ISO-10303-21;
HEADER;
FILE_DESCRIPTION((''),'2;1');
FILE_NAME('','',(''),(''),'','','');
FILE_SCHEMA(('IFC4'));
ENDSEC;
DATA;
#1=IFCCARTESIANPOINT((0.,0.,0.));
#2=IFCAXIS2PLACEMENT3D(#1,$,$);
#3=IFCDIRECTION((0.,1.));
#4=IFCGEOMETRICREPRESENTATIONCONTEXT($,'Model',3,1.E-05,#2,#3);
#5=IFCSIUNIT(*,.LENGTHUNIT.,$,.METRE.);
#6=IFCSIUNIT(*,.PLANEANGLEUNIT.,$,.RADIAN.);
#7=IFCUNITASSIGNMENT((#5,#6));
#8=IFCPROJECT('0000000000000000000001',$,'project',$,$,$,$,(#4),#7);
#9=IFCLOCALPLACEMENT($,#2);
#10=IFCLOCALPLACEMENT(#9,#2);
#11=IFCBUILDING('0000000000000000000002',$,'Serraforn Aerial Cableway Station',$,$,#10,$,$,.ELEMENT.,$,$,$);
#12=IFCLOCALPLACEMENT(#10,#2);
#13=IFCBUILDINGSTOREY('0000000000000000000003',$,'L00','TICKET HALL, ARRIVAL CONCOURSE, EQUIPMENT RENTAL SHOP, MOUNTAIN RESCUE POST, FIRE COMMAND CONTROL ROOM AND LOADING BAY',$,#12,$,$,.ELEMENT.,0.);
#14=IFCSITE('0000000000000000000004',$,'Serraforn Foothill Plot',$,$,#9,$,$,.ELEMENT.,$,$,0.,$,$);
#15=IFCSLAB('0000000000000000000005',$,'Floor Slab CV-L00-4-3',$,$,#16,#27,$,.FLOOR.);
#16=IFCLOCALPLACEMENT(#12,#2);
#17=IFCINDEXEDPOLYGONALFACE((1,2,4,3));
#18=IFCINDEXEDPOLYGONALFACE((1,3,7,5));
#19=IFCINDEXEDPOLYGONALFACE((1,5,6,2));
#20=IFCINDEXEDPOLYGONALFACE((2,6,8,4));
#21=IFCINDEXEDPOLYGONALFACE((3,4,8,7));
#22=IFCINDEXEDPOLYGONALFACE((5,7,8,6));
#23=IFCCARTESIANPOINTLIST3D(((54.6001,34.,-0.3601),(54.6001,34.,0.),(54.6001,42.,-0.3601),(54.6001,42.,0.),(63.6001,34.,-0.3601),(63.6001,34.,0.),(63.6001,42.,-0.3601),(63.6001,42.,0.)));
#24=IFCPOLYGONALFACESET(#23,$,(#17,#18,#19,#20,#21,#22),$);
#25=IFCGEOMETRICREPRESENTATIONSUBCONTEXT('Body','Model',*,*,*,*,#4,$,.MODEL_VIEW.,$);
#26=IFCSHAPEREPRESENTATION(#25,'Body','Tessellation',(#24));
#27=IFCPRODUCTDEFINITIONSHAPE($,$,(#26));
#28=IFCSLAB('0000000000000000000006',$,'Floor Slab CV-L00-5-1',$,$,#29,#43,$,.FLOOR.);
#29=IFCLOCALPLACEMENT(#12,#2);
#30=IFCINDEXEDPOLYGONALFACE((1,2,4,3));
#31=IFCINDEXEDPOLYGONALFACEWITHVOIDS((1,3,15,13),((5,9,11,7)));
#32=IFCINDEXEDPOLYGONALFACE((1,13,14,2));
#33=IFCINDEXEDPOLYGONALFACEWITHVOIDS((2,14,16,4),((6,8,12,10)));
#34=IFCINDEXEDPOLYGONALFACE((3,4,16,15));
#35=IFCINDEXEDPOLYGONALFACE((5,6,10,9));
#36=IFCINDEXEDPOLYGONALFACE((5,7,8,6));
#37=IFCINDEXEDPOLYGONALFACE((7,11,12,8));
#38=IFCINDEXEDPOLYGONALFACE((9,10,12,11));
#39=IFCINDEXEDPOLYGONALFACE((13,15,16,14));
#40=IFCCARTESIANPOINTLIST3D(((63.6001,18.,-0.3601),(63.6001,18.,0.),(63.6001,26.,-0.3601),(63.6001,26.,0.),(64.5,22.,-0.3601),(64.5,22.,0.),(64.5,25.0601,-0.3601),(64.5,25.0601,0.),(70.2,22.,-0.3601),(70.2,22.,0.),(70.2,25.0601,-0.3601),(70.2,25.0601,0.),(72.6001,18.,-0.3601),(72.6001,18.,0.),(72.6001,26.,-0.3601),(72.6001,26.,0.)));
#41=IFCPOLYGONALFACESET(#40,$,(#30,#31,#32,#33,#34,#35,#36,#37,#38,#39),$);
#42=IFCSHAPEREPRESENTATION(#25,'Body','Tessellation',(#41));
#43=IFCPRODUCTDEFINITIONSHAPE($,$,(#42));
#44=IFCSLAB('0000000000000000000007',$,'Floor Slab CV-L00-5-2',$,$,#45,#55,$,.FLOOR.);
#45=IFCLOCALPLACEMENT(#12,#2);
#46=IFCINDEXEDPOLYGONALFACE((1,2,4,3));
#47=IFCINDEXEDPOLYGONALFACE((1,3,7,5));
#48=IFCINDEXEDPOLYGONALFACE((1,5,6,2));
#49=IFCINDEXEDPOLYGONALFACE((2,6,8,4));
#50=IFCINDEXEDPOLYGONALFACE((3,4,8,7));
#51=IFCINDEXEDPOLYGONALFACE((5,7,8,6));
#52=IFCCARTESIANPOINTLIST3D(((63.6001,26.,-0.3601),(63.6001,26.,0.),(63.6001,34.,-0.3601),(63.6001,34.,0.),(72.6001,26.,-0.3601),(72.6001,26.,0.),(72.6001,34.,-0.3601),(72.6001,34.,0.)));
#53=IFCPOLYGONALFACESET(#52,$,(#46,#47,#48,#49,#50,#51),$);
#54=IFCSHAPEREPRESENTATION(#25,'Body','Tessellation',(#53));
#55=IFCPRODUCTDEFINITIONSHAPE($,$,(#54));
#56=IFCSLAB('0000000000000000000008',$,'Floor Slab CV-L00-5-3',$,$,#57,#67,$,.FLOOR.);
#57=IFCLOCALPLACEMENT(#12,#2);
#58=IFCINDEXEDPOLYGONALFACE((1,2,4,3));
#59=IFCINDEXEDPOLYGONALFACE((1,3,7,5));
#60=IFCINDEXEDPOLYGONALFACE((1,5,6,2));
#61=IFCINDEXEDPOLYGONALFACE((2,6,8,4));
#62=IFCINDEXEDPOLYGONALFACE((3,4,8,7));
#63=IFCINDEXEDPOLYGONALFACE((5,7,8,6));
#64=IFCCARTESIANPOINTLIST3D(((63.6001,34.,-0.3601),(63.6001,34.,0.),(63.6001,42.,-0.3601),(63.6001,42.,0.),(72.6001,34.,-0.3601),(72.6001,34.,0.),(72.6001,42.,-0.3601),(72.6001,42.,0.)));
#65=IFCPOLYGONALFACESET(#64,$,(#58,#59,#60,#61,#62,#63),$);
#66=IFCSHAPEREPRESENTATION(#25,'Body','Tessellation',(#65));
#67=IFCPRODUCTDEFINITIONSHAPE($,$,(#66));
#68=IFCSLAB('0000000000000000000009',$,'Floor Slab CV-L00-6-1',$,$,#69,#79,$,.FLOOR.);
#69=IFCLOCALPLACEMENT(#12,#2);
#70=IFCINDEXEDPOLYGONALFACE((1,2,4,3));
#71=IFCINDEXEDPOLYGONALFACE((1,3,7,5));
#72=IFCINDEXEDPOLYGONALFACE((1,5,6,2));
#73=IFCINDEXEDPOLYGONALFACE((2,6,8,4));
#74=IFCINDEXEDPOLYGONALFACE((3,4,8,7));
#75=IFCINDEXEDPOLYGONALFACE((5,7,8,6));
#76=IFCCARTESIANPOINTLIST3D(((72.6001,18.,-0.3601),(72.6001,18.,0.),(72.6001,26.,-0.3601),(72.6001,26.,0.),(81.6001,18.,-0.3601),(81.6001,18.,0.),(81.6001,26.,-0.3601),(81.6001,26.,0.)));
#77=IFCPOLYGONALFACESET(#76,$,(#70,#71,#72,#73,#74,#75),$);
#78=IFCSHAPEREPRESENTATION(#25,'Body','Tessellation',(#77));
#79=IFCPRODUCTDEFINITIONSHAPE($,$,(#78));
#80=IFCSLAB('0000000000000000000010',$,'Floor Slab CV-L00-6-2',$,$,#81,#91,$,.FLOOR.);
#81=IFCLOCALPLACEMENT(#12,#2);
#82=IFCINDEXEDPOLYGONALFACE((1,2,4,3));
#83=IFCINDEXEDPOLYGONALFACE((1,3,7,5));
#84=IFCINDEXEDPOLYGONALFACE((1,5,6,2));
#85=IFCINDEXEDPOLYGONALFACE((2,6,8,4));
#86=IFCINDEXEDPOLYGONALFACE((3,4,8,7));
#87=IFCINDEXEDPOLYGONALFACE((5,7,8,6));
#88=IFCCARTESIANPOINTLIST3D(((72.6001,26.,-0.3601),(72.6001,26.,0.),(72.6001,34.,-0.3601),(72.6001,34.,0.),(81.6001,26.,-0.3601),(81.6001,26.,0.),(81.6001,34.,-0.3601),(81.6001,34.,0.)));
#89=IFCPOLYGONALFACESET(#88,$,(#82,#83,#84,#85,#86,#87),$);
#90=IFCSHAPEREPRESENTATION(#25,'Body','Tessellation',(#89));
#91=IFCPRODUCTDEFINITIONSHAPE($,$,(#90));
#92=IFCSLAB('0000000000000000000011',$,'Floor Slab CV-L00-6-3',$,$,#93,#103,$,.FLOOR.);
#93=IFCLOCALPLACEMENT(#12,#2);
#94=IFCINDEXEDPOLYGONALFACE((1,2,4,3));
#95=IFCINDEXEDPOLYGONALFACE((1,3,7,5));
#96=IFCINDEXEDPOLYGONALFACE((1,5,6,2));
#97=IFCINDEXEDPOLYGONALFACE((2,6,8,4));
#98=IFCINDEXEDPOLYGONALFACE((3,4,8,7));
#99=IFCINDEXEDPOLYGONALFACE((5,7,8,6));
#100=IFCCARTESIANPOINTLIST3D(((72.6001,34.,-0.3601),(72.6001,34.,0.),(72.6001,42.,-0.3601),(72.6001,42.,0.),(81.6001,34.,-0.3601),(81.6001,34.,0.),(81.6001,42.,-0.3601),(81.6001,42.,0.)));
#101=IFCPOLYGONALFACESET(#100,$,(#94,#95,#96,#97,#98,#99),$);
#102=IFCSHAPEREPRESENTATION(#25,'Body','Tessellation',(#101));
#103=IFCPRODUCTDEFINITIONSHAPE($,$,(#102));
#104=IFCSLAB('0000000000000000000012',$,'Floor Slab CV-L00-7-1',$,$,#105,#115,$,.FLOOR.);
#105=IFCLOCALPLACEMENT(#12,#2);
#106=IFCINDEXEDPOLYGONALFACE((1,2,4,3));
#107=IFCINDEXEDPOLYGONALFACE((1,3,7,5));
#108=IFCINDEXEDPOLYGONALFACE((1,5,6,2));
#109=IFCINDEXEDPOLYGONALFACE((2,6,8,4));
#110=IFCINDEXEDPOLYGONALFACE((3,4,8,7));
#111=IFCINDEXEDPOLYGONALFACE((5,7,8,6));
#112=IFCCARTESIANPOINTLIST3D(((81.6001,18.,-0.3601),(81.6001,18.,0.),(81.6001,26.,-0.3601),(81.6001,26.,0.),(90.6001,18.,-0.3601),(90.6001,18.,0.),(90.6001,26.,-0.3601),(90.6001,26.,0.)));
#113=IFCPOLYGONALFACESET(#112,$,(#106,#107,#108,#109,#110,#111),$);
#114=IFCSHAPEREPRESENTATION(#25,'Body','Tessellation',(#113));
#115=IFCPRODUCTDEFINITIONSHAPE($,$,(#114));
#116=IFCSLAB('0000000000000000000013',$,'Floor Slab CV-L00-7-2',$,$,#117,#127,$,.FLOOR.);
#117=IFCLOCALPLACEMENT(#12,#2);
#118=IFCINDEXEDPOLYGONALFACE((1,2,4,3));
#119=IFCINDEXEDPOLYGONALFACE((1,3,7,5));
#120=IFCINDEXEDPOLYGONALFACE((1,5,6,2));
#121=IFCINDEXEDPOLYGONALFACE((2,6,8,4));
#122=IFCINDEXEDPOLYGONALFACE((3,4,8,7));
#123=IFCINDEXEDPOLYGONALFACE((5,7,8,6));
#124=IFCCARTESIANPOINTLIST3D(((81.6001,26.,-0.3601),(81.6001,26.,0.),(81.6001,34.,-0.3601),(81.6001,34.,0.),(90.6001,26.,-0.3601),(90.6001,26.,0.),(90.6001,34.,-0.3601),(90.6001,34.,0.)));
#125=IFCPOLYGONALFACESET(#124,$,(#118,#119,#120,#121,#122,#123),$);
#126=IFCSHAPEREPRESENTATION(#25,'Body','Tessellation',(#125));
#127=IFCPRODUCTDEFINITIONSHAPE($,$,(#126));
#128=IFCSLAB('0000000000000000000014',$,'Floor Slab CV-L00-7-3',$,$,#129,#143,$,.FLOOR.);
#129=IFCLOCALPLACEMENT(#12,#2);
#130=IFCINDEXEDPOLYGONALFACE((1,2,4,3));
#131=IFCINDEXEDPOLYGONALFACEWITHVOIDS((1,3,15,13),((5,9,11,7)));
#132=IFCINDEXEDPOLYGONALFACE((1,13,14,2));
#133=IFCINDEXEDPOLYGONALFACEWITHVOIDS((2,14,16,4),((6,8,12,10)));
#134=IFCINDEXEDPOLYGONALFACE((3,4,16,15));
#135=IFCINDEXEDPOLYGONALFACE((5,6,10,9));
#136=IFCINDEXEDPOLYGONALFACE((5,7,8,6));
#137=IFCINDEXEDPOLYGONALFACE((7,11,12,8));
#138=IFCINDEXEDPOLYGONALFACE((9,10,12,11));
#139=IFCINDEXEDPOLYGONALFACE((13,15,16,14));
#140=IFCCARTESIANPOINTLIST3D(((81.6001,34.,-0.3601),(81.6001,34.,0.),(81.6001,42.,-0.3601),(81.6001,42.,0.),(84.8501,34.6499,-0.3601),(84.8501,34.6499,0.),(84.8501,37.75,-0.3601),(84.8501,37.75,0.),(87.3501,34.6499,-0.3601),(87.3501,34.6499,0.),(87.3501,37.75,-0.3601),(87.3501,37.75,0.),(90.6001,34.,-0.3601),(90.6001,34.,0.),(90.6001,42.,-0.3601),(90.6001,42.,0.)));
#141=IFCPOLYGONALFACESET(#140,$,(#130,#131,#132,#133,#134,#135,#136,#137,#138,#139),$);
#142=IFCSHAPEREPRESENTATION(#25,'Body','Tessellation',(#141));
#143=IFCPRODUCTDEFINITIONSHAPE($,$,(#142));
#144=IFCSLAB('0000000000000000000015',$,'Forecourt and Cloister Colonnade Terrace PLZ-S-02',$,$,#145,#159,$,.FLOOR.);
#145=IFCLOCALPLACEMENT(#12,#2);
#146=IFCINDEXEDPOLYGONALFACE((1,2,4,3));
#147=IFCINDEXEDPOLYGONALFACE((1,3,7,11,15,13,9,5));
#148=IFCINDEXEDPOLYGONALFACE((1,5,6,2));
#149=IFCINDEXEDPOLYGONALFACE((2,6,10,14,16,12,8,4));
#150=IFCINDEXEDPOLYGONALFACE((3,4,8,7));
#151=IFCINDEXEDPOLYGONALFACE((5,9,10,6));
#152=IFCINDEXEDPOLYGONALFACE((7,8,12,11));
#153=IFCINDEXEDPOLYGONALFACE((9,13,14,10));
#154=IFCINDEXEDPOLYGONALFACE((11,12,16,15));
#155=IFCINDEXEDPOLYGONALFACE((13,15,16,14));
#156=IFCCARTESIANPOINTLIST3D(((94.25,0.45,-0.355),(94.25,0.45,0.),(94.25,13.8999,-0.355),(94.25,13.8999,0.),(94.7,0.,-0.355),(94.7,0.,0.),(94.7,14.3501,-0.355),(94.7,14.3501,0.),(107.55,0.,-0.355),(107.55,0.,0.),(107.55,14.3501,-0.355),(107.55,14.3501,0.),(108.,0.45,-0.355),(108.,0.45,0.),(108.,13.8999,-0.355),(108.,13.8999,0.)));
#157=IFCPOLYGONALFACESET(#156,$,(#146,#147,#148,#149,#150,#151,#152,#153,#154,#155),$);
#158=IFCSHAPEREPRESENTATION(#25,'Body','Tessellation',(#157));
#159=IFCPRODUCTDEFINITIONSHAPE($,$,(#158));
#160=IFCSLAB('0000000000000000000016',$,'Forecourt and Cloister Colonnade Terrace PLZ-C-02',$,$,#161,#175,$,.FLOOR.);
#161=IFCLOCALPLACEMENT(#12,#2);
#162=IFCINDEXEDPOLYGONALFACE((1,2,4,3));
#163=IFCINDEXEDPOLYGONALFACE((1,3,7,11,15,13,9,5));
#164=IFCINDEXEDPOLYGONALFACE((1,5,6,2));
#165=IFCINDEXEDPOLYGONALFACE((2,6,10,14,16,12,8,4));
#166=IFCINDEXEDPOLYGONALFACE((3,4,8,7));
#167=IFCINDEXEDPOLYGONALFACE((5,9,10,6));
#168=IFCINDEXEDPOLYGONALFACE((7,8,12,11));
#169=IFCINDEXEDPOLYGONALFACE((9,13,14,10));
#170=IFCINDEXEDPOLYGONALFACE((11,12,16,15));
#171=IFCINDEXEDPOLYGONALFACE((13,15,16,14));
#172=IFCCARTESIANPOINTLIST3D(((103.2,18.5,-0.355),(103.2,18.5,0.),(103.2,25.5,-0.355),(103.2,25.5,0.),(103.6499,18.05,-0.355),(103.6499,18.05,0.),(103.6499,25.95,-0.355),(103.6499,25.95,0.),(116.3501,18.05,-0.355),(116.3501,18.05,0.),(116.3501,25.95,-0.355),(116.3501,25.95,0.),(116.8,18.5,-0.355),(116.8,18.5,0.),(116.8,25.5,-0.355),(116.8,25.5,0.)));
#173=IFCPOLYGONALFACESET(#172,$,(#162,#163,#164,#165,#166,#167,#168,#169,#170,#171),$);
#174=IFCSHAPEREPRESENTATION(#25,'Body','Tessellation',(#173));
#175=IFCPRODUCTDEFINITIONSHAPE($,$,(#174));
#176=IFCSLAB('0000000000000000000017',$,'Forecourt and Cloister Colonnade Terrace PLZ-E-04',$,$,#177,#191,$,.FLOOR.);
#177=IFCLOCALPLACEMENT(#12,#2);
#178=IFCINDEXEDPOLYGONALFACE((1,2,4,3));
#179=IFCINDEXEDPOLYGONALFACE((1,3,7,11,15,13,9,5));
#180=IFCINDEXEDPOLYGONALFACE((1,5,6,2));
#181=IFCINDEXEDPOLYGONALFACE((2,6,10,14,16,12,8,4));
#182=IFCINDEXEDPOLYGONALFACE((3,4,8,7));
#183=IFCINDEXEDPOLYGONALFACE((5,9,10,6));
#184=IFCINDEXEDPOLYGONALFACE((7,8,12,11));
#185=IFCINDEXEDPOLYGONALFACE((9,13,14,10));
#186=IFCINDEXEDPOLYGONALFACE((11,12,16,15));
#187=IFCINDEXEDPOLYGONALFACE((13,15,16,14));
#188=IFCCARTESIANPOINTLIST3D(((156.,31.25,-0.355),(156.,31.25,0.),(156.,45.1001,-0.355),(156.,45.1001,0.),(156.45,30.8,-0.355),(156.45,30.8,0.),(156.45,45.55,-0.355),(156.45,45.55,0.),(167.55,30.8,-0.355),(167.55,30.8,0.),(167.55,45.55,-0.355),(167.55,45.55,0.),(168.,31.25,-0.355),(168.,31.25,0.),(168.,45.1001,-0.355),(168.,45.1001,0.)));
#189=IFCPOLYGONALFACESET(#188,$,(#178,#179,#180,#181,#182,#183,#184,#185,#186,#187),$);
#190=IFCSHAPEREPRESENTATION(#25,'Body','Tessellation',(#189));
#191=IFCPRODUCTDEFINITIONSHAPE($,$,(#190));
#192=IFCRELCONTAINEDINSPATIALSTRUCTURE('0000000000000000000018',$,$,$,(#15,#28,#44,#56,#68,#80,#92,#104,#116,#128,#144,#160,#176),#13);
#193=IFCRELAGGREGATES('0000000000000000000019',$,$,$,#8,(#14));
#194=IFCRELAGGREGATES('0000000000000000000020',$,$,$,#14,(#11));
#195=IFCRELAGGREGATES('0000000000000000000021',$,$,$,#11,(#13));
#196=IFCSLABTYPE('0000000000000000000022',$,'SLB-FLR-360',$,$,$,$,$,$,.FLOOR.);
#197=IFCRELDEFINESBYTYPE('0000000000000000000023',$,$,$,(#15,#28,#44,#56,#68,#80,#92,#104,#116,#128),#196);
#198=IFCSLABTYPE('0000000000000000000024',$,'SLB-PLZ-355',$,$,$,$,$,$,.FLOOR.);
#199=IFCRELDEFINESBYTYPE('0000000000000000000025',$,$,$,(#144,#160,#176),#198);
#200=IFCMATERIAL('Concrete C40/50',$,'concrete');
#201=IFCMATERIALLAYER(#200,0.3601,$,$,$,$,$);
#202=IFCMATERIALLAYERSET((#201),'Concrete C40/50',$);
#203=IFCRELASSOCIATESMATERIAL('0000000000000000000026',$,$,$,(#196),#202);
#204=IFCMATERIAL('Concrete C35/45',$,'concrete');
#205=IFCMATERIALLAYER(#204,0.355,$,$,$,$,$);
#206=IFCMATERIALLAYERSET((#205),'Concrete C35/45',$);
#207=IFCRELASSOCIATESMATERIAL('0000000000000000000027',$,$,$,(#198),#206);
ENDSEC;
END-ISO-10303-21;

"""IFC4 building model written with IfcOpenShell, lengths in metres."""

from ifc_helpers import new_model, si_unit, direction, frame, origin, place, context, subcontext, project, spatial, polyline, outline, extrude, material, layer, layer_set, type_object, element, save


model = new_model("IFC4")

# Units and contexts
model_context = context("Model", 3, precision=1e-05, world=origin(), true_north=direction((0.0, 1.0)))
body_context = subcontext(model_context, "Body", "Model", "MODEL_VIEW")
ifc_project = project(units=[si_unit("LENGTHUNIT", "METRE"), si_unit("PLANEANGLEUNIT", "RADIAN")], contexts=[model_context])

# Site, building, storey
site_placement = place(None, origin())
site = spatial("IfcSite", under=ifc_project, at=site_placement, Name="Serraforn Foothill Plot", CompositionType="ELEMENT", RefElevation=0.0)
building_placement = place(site_placement, origin())
building = spatial("IfcBuilding", under=site, at=building_placement, Name="Serraforn Aerial Cableway Station", CompositionType="ELEMENT")
storey_placement = place(building_placement, origin())
storey = spatial("IfcBuildingStorey", under=building, at=storey_placement, Name="L00", Description="TICKET HALL, ARRIVAL CONCOURSE, EQUIPMENT RENTAL SHOP, MOUNTAIN RESCUE POST, FIRE COMMAND CONTROL ROOM AND LOADING BAY", CompositionType="ELEMENT", Elevation=0.0)

# Slabs
ifc_material_1 = material(Name="Concrete C35/45", Category="concrete")
ifc_material_2 = material(Name="Concrete C40/50", Category="concrete")
ifc_layer_1 = layer(ifc_material_2, 0.3601)
ifc_layer_set_1 = layer_set([ifc_layer_1], Name="Concrete C40/50")
slab_type_1 = type_object("IfcSlabType", Name="SLB-FLR-360", PredefinedType="FLOOR", material=ifc_layer_set_1)
slab_1_placement = place(storey_placement, frame((0.0, 0.0, -0.3601)))
element("IfcSlab", 1, at=slab_1_placement, inside=storey, type_object=slab_type_1, Name="Floor Slab CV-L00-4-3", PredefinedType="FLOOR", context=body_context, shape_type="SweptSolid", body=[
    extrude(outline(polyline([(54.6001, 34.0), (63.6001, 34.0), (63.6001, 42.0), (54.6001, 42.0), (54.6001, 34.0)])), origin(), (0.0, 0.0, 1.0), 0.3601),
])
slab_2_placement = place(storey_placement, frame((0.0, 0.0, -0.3601)))
element("IfcSlab", 2, at=slab_2_placement, inside=storey, type_object=slab_type_1, Name="Floor Slab CV-L00-5-1", PredefinedType="FLOOR", context=body_context, shape_type="SweptSolid", body=[
    extrude(outline(polyline([(63.6001, 18.0), (72.6001, 18.0), (72.6001, 26.0), (63.6001, 26.0), (63.6001, 18.0)]), holes=[polyline([(70.2, 25.0601), (64.5, 25.0601), (64.5, 22.0), (70.2, 22.0), (70.2, 25.0601)])]), origin(), (0.0, 0.0, 1.0), 0.3601),
])
slab_3_placement = place(storey_placement, frame((0.0, 0.0, -0.3601)))
element("IfcSlab", 3, at=slab_3_placement, inside=storey, type_object=slab_type_1, Name="Floor Slab CV-L00-5-2", PredefinedType="FLOOR", context=body_context, shape_type="SweptSolid", body=[
    extrude(outline(polyline([(63.6001, 26.0), (72.6001, 26.0), (72.6001, 34.0), (63.6001, 34.0), (63.6001, 26.0)])), origin(), (0.0, 0.0, 1.0), 0.3601),
])
slab_4_placement = place(storey_placement, frame((0.0, 0.0, -0.3601)))
element("IfcSlab", 4, at=slab_4_placement, inside=storey, type_object=slab_type_1, Name="Floor Slab CV-L00-5-3", PredefinedType="FLOOR", context=body_context, shape_type="SweptSolid", body=[
    extrude(outline(polyline([(63.6001, 34.0), (72.6001, 34.0), (72.6001, 42.0), (63.6001, 42.0), (63.6001, 34.0)])), origin(), (0.0, 0.0, 1.0), 0.3601),
])
slab_5_placement = place(storey_placement, frame((0.0, 0.0, -0.3601)))
element("IfcSlab", 5, at=slab_5_placement, inside=storey, type_object=slab_type_1, Name="Floor Slab CV-L00-6-1", PredefinedType="FLOOR", context=body_context, shape_type="SweptSolid", body=[
    extrude(outline(polyline([(72.6001, 18.0), (81.6001, 18.0), (81.6001, 26.0), (72.6001, 26.0), (72.6001, 18.0)])), origin(), (0.0, 0.0, 1.0), 0.3601),
])
slab_6_placement = place(storey_placement, frame((0.0, 0.0, -0.3601)))
element("IfcSlab", 6, at=slab_6_placement, inside=storey, type_object=slab_type_1, Name="Floor Slab CV-L00-6-2", PredefinedType="FLOOR", context=body_context, shape_type="SweptSolid", body=[
    extrude(outline(polyline([(72.6001, 26.0), (81.6001, 26.0), (81.6001, 34.0), (72.6001, 34.0), (72.6001, 26.0)])), origin(), (0.0, 0.0, 1.0), 0.3601),
])
slab_7_placement = place(storey_placement, frame((0.0, 0.0, -0.3601)))
element("IfcSlab", 7, at=slab_7_placement, inside=storey, type_object=slab_type_1, Name="Floor Slab CV-L00-6-3", PredefinedType="FLOOR", context=body_context, shape_type="SweptSolid", body=[
    extrude(outline(polyline([(72.6001, 34.0), (81.6001, 34.0), (81.6001, 42.0), (72.6001, 42.0), (72.6001, 34.0)])), origin(), (0.0, 0.0, 1.0), 0.3601),
])
slab_8_placement = place(storey_placement, frame((0.0, 0.0, -0.3601)))
element("IfcSlab", 8, at=slab_8_placement, inside=storey, type_object=slab_type_1, Name="Floor Slab CV-L00-7-1", PredefinedType="FLOOR", context=body_context, shape_type="SweptSolid", body=[
    extrude(outline(polyline([(81.6001, 18.0), (90.6001, 18.0), (90.6001, 26.0), (81.6001, 26.0), (81.6001, 18.0)])), origin(), (0.0, 0.0, 1.0), 0.3601),
])
slab_9_placement = place(storey_placement, frame((0.0, 0.0, -0.3601)))
element("IfcSlab", 9, at=slab_9_placement, inside=storey, type_object=slab_type_1, Name="Floor Slab CV-L00-7-2", PredefinedType="FLOOR", context=body_context, shape_type="SweptSolid", body=[
    extrude(outline(polyline([(81.6001, 26.0), (90.6001, 26.0), (90.6001, 34.0), (81.6001, 34.0), (81.6001, 26.0)])), origin(), (0.0, 0.0, 1.0), 0.3601),
])
slab_10_placement = place(storey_placement, frame((0.0, 0.0, -0.3601)))
element("IfcSlab", 10, at=slab_10_placement, inside=storey, type_object=slab_type_1, Name="Floor Slab CV-L00-7-3", PredefinedType="FLOOR", context=body_context, shape_type="SweptSolid", body=[
    extrude(outline(polyline([(81.6001, 34.0), (90.6001, 34.0), (90.6001, 42.0), (81.6001, 42.0), (81.6001, 34.0)]), holes=[polyline([(84.8501, 34.6499), (87.3501, 34.6499), (87.3501, 37.75), (84.8501, 37.75), (84.8501, 34.6499)])]), origin(), (0.0, 0.0, 1.0), 0.3601),
])
ifc_layer_2 = layer(ifc_material_1, 0.355)
ifc_layer_set_2 = layer_set([ifc_layer_2], Name="Concrete C35/45")
slab_type_2 = type_object("IfcSlabType", Name="SLB-PLZ-355", PredefinedType="FLOOR", material=ifc_layer_set_2)
slab_11_placement = place(storey_placement, frame((0.0, 0.0, -0.355)))
element("IfcSlab", 11, at=slab_11_placement, inside=storey, type_object=slab_type_2, Name="Forecourt and Cloister Colonnade Terrace PLZ-S-02", PredefinedType="FLOOR", context=body_context, shape_type="SweptSolid", body=[
    extrude(outline(polyline([(94.7, 0.0), (107.55, 0.0), (108.0, 0.45), (108.0, 13.8999), (107.55, 14.3501), (94.7, 14.3501), (94.25, 13.8999), (94.25, 0.45), (94.7, 0.0)])), origin(), (0.0, 0.0, 1.0), 0.355),
])
slab_12_placement = place(storey_placement, frame((0.0, 0.0, -0.355)))
element("IfcSlab", 12, at=slab_12_placement, inside=storey, type_object=slab_type_2, Name="Forecourt and Cloister Colonnade Terrace PLZ-C-02", PredefinedType="FLOOR", context=body_context, shape_type="SweptSolid", body=[
    extrude(outline(polyline([(103.6499, 18.05), (116.3501, 18.05), (116.8, 18.5), (116.8, 25.5), (116.3501, 25.95), (103.6499, 25.95), (103.2, 25.5), (103.2, 18.5), (103.6499, 18.05)])), origin(), (0.0, 0.0, 1.0), 0.355),
])
slab_13_placement = place(storey_placement, frame((0.0, 0.0, -0.355)))
element("IfcSlab", 13, at=slab_13_placement, inside=storey, type_object=slab_type_2, Name="Forecourt and Cloister Colonnade Terrace PLZ-E-04", PredefinedType="FLOOR", context=body_context, shape_type="SweptSolid", body=[
    extrude(outline(polyline([(156.45, 30.8), (167.55, 30.8), (168.0, 31.25), (168.0, 45.1001), (167.55, 45.55), (156.45, 45.55), (156.0, 45.1001), (156.0, 31.25), (156.45, 30.8)])), origin(), (0.0, 0.0, 1.0), 0.355),
])

save(model, "model.ifc")
